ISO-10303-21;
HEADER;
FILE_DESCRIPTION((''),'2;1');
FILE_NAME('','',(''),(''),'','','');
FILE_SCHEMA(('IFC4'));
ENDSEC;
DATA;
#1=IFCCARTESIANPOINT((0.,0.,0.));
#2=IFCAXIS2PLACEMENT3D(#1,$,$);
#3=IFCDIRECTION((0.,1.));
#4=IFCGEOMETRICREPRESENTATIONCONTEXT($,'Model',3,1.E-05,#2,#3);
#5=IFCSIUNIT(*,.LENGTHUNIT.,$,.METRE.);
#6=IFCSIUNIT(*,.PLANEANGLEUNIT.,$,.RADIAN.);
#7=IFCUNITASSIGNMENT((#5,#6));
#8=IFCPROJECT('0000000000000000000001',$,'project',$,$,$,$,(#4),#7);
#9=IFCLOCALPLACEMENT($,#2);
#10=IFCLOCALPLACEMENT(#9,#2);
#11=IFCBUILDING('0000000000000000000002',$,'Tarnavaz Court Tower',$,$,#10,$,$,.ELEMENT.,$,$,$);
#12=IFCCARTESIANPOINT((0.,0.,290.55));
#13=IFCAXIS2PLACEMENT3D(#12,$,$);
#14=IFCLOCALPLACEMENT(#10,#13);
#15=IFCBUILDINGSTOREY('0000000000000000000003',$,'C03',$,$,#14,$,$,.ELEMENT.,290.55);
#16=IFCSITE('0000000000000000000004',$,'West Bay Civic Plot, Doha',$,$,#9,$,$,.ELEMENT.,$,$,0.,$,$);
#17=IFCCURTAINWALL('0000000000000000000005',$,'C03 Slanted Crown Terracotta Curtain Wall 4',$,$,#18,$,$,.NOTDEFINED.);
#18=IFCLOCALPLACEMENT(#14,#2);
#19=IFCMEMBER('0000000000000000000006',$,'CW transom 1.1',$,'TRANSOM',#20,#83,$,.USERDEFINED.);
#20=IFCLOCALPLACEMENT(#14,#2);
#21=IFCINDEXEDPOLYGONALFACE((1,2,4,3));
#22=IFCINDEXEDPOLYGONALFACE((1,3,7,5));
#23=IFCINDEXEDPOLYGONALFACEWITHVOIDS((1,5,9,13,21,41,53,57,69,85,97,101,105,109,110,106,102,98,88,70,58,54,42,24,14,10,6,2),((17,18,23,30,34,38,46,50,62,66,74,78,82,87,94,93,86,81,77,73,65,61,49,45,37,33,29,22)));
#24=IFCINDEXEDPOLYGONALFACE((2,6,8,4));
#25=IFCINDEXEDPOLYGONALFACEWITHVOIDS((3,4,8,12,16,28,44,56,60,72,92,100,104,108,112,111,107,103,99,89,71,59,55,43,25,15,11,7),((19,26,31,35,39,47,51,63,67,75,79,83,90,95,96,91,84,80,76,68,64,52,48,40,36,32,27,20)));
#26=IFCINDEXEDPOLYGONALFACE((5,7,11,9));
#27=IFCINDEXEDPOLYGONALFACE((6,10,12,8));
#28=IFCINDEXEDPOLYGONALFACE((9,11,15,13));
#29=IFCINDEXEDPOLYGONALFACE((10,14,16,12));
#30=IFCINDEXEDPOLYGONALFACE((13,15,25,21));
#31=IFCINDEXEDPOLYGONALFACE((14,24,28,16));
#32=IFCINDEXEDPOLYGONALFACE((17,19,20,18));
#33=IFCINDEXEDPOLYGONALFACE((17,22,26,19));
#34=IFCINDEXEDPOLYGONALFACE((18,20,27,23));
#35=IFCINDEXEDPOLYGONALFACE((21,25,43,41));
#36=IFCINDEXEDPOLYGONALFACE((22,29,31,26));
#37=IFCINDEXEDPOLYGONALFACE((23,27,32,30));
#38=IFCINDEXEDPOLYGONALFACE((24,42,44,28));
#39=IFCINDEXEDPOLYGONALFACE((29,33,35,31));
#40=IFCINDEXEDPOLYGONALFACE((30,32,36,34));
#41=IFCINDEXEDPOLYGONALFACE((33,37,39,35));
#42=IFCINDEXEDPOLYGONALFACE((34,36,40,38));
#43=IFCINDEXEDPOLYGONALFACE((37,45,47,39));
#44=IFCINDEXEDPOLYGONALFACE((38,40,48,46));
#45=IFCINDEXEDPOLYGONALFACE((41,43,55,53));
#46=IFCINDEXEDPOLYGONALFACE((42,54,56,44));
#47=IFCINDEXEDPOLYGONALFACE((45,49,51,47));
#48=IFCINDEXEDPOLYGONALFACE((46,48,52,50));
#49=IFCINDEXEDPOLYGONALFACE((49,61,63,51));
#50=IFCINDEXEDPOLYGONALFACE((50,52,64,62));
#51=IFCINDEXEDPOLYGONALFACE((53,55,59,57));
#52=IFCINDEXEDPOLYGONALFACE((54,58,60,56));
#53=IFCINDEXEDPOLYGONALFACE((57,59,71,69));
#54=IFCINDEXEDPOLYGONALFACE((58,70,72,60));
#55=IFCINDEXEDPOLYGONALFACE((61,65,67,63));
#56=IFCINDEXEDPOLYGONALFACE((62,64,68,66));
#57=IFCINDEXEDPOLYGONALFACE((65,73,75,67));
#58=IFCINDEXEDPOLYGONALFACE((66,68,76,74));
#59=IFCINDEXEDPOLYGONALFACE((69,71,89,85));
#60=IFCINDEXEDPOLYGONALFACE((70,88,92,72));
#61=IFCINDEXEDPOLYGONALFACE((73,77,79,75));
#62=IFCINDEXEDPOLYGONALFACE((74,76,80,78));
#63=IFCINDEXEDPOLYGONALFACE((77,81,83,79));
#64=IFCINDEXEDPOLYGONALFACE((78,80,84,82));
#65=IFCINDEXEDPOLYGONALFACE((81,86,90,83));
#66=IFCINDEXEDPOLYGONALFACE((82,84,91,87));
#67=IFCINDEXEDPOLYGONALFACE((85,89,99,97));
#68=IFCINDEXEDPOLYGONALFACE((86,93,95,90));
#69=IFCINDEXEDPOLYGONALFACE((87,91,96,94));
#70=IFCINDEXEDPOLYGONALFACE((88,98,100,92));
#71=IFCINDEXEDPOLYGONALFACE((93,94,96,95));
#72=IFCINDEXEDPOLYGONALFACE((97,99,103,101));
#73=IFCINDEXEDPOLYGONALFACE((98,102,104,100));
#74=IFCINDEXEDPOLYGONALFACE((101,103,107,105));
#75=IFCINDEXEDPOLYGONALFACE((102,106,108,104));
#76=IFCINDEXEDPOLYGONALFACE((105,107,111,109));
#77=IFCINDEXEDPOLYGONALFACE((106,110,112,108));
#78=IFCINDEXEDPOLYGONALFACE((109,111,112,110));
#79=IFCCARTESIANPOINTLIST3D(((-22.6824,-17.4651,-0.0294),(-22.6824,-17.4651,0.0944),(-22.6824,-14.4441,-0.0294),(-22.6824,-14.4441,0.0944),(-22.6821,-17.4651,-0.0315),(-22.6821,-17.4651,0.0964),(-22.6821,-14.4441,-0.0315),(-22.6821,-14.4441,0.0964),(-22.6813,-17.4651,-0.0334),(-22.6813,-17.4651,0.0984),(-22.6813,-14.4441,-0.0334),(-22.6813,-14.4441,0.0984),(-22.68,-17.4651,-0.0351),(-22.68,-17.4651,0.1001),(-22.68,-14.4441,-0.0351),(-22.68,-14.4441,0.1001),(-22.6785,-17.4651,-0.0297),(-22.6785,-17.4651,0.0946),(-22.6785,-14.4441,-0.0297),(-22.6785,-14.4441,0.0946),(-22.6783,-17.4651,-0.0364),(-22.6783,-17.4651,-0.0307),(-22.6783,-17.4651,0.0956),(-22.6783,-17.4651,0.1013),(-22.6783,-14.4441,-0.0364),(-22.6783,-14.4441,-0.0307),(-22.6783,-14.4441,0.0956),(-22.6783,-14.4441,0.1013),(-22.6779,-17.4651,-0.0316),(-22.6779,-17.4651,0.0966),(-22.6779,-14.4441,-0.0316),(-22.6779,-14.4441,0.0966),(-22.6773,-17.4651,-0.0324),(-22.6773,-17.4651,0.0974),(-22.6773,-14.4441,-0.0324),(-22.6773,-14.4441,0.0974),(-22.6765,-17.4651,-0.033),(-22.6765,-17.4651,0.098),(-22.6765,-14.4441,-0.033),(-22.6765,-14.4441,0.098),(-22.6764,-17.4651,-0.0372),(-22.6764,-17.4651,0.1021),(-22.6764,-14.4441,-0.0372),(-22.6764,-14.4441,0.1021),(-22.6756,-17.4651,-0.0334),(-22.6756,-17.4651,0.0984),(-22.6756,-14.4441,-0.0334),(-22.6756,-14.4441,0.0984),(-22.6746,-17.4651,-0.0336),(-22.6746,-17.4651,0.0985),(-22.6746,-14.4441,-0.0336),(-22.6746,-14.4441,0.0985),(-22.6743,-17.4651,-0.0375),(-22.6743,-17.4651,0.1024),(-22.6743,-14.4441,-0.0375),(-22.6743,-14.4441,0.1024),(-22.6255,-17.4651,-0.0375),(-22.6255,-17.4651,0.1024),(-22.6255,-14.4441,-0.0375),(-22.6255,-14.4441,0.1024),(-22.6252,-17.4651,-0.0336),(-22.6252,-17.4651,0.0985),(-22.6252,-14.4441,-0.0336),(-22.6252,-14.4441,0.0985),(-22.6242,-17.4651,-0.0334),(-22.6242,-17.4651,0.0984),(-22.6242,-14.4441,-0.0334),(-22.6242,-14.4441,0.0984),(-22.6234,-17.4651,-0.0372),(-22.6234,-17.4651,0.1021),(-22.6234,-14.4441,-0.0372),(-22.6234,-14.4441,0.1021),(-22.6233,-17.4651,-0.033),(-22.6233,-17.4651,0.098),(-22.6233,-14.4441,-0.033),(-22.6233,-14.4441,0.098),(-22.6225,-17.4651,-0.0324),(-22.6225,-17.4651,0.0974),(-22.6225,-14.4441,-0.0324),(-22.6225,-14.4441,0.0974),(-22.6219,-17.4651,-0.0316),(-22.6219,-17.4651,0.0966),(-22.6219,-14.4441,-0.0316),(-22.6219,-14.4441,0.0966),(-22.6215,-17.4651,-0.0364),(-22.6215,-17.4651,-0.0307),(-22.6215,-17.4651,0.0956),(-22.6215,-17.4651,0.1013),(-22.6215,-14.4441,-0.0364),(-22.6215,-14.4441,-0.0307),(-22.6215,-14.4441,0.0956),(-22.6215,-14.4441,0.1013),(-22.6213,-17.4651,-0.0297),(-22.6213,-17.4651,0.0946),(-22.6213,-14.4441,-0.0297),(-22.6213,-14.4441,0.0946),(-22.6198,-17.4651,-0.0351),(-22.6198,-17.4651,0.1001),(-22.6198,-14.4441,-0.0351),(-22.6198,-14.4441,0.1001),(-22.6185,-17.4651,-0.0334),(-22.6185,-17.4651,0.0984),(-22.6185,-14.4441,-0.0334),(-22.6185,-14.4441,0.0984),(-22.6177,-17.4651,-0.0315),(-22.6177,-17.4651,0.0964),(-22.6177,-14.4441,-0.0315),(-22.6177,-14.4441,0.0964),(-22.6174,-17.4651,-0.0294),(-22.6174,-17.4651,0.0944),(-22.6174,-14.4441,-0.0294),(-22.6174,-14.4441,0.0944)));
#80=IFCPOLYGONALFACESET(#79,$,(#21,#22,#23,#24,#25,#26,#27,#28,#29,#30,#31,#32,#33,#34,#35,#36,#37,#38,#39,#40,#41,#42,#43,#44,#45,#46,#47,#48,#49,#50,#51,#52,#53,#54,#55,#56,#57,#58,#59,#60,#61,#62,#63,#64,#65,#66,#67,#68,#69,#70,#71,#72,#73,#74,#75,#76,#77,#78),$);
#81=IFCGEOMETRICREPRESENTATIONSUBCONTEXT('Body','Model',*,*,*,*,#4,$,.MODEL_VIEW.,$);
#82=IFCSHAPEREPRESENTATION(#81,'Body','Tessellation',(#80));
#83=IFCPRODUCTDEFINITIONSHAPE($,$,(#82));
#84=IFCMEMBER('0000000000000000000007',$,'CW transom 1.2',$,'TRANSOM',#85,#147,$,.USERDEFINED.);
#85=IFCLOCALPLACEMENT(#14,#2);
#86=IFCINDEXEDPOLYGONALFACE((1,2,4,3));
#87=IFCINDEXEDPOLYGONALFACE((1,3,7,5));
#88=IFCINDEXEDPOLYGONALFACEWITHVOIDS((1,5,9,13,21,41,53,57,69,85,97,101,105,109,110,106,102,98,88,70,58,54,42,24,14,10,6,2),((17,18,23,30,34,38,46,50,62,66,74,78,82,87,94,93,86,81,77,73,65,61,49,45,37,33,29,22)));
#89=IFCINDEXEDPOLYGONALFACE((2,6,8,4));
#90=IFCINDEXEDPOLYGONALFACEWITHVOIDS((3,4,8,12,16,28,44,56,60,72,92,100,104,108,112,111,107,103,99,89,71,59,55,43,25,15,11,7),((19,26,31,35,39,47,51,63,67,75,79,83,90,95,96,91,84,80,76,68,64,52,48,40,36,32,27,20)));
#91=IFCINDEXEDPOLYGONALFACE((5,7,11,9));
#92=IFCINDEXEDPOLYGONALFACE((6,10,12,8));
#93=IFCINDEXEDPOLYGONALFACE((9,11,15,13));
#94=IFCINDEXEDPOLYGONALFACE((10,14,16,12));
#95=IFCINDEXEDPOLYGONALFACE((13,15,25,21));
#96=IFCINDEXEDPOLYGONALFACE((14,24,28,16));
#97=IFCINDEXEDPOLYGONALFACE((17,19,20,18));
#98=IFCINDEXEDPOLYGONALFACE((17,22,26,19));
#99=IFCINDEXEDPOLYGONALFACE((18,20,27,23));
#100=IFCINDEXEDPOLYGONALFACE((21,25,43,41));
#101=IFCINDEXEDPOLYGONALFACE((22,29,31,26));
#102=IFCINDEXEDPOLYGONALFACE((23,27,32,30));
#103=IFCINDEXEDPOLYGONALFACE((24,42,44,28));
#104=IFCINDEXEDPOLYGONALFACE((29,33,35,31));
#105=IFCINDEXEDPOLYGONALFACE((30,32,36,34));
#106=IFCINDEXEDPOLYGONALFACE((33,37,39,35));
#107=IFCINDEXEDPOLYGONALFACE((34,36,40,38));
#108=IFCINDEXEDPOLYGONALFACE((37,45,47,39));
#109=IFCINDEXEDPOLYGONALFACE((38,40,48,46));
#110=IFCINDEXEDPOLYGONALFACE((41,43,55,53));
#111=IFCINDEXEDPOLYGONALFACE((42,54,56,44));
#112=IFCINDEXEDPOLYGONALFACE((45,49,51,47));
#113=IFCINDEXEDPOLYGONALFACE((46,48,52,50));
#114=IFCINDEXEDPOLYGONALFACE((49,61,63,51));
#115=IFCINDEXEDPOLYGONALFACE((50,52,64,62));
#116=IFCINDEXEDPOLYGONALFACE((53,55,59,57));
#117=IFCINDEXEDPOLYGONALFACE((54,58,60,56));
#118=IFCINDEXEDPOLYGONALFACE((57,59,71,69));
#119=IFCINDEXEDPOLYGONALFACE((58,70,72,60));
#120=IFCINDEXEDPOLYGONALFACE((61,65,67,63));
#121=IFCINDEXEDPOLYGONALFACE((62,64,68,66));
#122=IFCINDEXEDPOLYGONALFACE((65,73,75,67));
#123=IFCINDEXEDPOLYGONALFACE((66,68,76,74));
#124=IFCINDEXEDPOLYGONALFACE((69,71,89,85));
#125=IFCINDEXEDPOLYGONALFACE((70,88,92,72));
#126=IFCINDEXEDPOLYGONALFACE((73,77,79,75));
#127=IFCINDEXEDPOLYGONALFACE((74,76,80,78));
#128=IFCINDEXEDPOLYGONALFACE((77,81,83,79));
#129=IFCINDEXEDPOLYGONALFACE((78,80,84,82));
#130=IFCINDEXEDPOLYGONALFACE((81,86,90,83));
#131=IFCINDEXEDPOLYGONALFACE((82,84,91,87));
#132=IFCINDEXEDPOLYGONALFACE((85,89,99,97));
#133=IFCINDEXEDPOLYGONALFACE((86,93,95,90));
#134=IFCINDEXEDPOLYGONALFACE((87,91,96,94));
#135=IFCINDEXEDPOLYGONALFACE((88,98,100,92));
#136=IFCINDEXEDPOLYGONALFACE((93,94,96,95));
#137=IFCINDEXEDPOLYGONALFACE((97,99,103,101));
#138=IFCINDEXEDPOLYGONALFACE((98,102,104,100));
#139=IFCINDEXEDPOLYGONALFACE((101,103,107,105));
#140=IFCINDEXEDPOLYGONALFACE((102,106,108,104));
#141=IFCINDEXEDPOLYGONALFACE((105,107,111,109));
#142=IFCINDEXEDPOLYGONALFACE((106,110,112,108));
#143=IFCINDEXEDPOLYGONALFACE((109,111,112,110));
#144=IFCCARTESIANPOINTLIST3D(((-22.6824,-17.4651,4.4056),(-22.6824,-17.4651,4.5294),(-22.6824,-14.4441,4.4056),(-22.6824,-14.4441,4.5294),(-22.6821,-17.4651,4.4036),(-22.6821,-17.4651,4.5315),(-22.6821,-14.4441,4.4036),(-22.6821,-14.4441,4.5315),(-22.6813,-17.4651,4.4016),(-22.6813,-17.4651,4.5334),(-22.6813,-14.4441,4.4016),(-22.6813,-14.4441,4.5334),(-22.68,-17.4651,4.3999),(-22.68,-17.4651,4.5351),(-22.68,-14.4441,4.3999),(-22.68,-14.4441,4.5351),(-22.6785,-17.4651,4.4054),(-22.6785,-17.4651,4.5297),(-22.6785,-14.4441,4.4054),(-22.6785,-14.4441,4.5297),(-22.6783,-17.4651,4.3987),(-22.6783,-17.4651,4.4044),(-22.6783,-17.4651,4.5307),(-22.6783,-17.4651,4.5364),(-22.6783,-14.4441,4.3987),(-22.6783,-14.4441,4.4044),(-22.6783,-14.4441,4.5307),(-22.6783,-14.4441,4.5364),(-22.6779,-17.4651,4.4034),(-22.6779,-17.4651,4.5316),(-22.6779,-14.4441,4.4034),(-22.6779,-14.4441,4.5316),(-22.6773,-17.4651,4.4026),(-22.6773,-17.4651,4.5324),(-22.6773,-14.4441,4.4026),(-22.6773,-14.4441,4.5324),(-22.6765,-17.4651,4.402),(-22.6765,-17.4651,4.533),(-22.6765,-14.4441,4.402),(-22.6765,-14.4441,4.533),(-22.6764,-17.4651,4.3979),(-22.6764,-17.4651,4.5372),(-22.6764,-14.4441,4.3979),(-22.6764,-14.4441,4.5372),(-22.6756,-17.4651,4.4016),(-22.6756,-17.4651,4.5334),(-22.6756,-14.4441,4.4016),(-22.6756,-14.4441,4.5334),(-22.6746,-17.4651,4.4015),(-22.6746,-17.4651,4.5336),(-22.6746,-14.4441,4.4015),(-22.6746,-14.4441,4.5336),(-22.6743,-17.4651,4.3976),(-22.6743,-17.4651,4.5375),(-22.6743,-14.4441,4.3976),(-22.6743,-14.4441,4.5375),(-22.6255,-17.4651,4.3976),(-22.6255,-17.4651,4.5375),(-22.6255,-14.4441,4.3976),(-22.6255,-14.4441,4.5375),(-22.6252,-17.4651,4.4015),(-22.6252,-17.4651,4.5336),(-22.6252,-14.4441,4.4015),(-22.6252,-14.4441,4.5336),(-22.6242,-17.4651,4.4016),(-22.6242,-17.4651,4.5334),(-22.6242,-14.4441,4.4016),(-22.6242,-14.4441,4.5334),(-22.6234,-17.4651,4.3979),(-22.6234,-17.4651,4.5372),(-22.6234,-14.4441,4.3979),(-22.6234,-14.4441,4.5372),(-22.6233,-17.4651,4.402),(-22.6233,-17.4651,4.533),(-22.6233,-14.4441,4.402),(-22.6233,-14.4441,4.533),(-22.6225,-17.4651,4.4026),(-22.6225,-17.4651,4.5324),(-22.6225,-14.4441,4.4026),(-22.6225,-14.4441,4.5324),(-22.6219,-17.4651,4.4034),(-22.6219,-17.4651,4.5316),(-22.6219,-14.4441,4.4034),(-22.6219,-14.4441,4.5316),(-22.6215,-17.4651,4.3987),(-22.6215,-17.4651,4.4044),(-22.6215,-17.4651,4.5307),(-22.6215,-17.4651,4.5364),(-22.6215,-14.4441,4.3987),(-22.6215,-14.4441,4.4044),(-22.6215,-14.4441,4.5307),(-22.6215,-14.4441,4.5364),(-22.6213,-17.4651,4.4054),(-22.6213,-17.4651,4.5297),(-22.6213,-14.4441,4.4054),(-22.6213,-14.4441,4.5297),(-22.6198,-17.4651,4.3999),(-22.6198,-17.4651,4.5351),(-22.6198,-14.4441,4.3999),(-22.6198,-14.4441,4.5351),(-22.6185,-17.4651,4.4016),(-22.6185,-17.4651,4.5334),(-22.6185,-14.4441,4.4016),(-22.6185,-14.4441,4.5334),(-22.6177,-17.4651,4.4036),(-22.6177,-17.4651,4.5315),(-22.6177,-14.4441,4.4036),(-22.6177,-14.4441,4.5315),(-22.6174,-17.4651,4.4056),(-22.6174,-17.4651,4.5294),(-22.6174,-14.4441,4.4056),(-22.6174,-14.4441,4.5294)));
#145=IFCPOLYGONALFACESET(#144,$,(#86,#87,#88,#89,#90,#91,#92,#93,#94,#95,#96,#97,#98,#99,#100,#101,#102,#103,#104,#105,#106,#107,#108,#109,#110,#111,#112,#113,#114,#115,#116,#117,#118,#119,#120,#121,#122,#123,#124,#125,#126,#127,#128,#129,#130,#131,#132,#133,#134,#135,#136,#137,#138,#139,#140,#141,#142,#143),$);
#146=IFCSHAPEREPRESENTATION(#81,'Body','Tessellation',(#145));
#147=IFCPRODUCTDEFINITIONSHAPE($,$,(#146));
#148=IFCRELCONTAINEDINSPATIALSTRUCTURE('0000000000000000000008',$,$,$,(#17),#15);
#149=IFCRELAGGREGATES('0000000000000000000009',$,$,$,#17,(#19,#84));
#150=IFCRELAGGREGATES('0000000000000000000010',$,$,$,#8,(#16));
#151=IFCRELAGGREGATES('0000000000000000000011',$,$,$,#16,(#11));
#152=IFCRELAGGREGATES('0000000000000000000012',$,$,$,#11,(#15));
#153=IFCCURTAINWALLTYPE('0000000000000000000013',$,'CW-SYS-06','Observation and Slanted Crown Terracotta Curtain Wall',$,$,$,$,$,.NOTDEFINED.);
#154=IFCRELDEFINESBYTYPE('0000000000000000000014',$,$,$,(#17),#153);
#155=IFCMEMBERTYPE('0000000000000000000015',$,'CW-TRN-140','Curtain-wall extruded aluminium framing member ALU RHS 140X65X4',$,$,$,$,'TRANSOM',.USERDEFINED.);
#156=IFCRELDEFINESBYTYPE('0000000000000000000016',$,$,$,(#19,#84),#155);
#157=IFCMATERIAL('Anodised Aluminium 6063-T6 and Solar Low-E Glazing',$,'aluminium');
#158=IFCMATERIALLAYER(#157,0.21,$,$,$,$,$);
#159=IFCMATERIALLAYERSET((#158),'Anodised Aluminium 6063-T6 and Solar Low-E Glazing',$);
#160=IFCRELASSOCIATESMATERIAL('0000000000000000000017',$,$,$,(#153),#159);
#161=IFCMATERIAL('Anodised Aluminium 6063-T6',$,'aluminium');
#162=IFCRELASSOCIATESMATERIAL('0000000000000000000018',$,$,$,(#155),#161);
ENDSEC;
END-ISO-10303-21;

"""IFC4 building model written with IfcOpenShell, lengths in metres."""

from ifc_helpers import new_model, si_unit, direction, frame, origin, origin_2d, place, context, subcontext, project, spatial, hollow_rectangle, extrude, material, layer, layer_set, material_profile, profile_set, type_object, element, aggregate, save


model = new_model("IFC4")

# Units and contexts
model_context = context("Model", 3, precision=1e-05, world=origin(), true_north=direction((0.0, 1.0)))
body_context = subcontext(model_context, "Body", "Model", "MODEL_VIEW")
ifc_project = project(units=[si_unit("LENGTHUNIT", "METRE"), si_unit("PLANEANGLEUNIT", "RADIAN")], contexts=[model_context])

# Site, building, storey
site_placement = place(None, origin())
site = spatial("IfcSite", under=ifc_project, at=site_placement, Name="West Bay Civic Plot, Doha", CompositionType="ELEMENT", RefElevation=0.0)
building_placement = place(site_placement, origin())
building = spatial("IfcBuilding", under=site, at=building_placement, Name="Tarnavaz Court Tower", CompositionType="ELEMENT")
storey_placement = place(building_placement, frame((0.0, 0.0, 290.55)))
storey = spatial("IfcBuildingStorey", under=building, at=storey_placement, Name="C03", CompositionType="ELEMENT", Elevation=290.55)

# Curtain wall
ifc_material_1 = material(Name="Anodised Aluminium 6063-T6 and Solar Low-E Glazing", Category="aluminium")
ifc_layer_1 = layer(ifc_material_1, 0.21)
ifc_layer_set_1 = layer_set([ifc_layer_1], Name="Anodised Aluminium 6063-T6 and Solar Low-E Glazing")
curtain_wall_type = type_object("IfcCurtainWallType", Name="CW-SYS-06", Description="Observation and Slanted Crown Terracotta Curtain Wall", PredefinedType="NOTDEFINED", material=ifc_layer_set_1)
ifc_material_2 = material(Name="Anodised Aluminium 6063-T6", Category="aluminium")
curtain_wall_1_placement = place(storey_placement, origin())
curtain_wall_1 = element("IfcCurtainWall", 1, at=curtain_wall_1_placement, inside=storey, type_object=curtain_wall_type, Name="C03 Slanted Crown Terracotta Curtain Wall 4", PredefinedType="NOTDEFINED")

# Members
ifc_material_profile_1 = material_profile(ifc_material_2, hollow_rectangle(XDim=0.0649, YDim=0.1399, WallThickness=0.0039, InnerFilletRadius=0.0039, OuterFilletRadius=0.0081, at=origin_2d()), Name="ALU RHS 140X65X4")
ifc_profile_set_1 = profile_set([ifc_material_profile_1], Name="Anodised Aluminium 6063-T6")
member_type_1 = type_object("IfcMemberType", Name="CW-TRN-140", Description="Curtain-wall extruded aluminium framing member ALU RHS 140X65X4", ElementType="TRANSOM", PredefinedType="USERDEFINED", material=ifc_profile_set_1)
member_1_placement = place(storey_placement, frame((-22.6499, -17.4651, 0.0325), z_axis=(0.0, 1.0, 0.0), x_axis=(-1.0, 0.0, 0.0)))
member_1 = element("IfcMember", 2, at=member_1_placement, type_object=member_type_1, Name="CW transom 1.1", ObjectType="TRANSOM", PredefinedType="USERDEFINED", context=body_context, shape_type="SweptSolid", body=[
    extrude(hollow_rectangle(XDim=0.0649, YDim=0.1399, WallThickness=0.0039, InnerFilletRadius=0.0039, OuterFilletRadius=0.0081, at=origin_2d()), origin(), (0.0, 0.0, 1.0), 3.021),
])
member_2_placement = place(storey_placement, frame((-22.6499, -17.4651, 4.4675), z_axis=(0.0, 1.0, 0.0), x_axis=(-1.0, 0.0, 0.0)))
member_2 = element("IfcMember", 3, at=member_2_placement, type_object=member_type_1, Name="CW transom 1.2", ObjectType="TRANSOM", PredefinedType="USERDEFINED", context=body_context, shape_type="SweptSolid", body=[
    extrude(hollow_rectangle(XDim=0.0649, YDim=0.1399, WallThickness=0.0039, InnerFilletRadius=0.0039, OuterFilletRadius=0.0081, at=origin_2d()), origin(), (0.0, 0.0, 1.0), 3.021),
])

aggregate(curtain_wall_1, [member_1, member_2])

save(model, "model.ifc")
